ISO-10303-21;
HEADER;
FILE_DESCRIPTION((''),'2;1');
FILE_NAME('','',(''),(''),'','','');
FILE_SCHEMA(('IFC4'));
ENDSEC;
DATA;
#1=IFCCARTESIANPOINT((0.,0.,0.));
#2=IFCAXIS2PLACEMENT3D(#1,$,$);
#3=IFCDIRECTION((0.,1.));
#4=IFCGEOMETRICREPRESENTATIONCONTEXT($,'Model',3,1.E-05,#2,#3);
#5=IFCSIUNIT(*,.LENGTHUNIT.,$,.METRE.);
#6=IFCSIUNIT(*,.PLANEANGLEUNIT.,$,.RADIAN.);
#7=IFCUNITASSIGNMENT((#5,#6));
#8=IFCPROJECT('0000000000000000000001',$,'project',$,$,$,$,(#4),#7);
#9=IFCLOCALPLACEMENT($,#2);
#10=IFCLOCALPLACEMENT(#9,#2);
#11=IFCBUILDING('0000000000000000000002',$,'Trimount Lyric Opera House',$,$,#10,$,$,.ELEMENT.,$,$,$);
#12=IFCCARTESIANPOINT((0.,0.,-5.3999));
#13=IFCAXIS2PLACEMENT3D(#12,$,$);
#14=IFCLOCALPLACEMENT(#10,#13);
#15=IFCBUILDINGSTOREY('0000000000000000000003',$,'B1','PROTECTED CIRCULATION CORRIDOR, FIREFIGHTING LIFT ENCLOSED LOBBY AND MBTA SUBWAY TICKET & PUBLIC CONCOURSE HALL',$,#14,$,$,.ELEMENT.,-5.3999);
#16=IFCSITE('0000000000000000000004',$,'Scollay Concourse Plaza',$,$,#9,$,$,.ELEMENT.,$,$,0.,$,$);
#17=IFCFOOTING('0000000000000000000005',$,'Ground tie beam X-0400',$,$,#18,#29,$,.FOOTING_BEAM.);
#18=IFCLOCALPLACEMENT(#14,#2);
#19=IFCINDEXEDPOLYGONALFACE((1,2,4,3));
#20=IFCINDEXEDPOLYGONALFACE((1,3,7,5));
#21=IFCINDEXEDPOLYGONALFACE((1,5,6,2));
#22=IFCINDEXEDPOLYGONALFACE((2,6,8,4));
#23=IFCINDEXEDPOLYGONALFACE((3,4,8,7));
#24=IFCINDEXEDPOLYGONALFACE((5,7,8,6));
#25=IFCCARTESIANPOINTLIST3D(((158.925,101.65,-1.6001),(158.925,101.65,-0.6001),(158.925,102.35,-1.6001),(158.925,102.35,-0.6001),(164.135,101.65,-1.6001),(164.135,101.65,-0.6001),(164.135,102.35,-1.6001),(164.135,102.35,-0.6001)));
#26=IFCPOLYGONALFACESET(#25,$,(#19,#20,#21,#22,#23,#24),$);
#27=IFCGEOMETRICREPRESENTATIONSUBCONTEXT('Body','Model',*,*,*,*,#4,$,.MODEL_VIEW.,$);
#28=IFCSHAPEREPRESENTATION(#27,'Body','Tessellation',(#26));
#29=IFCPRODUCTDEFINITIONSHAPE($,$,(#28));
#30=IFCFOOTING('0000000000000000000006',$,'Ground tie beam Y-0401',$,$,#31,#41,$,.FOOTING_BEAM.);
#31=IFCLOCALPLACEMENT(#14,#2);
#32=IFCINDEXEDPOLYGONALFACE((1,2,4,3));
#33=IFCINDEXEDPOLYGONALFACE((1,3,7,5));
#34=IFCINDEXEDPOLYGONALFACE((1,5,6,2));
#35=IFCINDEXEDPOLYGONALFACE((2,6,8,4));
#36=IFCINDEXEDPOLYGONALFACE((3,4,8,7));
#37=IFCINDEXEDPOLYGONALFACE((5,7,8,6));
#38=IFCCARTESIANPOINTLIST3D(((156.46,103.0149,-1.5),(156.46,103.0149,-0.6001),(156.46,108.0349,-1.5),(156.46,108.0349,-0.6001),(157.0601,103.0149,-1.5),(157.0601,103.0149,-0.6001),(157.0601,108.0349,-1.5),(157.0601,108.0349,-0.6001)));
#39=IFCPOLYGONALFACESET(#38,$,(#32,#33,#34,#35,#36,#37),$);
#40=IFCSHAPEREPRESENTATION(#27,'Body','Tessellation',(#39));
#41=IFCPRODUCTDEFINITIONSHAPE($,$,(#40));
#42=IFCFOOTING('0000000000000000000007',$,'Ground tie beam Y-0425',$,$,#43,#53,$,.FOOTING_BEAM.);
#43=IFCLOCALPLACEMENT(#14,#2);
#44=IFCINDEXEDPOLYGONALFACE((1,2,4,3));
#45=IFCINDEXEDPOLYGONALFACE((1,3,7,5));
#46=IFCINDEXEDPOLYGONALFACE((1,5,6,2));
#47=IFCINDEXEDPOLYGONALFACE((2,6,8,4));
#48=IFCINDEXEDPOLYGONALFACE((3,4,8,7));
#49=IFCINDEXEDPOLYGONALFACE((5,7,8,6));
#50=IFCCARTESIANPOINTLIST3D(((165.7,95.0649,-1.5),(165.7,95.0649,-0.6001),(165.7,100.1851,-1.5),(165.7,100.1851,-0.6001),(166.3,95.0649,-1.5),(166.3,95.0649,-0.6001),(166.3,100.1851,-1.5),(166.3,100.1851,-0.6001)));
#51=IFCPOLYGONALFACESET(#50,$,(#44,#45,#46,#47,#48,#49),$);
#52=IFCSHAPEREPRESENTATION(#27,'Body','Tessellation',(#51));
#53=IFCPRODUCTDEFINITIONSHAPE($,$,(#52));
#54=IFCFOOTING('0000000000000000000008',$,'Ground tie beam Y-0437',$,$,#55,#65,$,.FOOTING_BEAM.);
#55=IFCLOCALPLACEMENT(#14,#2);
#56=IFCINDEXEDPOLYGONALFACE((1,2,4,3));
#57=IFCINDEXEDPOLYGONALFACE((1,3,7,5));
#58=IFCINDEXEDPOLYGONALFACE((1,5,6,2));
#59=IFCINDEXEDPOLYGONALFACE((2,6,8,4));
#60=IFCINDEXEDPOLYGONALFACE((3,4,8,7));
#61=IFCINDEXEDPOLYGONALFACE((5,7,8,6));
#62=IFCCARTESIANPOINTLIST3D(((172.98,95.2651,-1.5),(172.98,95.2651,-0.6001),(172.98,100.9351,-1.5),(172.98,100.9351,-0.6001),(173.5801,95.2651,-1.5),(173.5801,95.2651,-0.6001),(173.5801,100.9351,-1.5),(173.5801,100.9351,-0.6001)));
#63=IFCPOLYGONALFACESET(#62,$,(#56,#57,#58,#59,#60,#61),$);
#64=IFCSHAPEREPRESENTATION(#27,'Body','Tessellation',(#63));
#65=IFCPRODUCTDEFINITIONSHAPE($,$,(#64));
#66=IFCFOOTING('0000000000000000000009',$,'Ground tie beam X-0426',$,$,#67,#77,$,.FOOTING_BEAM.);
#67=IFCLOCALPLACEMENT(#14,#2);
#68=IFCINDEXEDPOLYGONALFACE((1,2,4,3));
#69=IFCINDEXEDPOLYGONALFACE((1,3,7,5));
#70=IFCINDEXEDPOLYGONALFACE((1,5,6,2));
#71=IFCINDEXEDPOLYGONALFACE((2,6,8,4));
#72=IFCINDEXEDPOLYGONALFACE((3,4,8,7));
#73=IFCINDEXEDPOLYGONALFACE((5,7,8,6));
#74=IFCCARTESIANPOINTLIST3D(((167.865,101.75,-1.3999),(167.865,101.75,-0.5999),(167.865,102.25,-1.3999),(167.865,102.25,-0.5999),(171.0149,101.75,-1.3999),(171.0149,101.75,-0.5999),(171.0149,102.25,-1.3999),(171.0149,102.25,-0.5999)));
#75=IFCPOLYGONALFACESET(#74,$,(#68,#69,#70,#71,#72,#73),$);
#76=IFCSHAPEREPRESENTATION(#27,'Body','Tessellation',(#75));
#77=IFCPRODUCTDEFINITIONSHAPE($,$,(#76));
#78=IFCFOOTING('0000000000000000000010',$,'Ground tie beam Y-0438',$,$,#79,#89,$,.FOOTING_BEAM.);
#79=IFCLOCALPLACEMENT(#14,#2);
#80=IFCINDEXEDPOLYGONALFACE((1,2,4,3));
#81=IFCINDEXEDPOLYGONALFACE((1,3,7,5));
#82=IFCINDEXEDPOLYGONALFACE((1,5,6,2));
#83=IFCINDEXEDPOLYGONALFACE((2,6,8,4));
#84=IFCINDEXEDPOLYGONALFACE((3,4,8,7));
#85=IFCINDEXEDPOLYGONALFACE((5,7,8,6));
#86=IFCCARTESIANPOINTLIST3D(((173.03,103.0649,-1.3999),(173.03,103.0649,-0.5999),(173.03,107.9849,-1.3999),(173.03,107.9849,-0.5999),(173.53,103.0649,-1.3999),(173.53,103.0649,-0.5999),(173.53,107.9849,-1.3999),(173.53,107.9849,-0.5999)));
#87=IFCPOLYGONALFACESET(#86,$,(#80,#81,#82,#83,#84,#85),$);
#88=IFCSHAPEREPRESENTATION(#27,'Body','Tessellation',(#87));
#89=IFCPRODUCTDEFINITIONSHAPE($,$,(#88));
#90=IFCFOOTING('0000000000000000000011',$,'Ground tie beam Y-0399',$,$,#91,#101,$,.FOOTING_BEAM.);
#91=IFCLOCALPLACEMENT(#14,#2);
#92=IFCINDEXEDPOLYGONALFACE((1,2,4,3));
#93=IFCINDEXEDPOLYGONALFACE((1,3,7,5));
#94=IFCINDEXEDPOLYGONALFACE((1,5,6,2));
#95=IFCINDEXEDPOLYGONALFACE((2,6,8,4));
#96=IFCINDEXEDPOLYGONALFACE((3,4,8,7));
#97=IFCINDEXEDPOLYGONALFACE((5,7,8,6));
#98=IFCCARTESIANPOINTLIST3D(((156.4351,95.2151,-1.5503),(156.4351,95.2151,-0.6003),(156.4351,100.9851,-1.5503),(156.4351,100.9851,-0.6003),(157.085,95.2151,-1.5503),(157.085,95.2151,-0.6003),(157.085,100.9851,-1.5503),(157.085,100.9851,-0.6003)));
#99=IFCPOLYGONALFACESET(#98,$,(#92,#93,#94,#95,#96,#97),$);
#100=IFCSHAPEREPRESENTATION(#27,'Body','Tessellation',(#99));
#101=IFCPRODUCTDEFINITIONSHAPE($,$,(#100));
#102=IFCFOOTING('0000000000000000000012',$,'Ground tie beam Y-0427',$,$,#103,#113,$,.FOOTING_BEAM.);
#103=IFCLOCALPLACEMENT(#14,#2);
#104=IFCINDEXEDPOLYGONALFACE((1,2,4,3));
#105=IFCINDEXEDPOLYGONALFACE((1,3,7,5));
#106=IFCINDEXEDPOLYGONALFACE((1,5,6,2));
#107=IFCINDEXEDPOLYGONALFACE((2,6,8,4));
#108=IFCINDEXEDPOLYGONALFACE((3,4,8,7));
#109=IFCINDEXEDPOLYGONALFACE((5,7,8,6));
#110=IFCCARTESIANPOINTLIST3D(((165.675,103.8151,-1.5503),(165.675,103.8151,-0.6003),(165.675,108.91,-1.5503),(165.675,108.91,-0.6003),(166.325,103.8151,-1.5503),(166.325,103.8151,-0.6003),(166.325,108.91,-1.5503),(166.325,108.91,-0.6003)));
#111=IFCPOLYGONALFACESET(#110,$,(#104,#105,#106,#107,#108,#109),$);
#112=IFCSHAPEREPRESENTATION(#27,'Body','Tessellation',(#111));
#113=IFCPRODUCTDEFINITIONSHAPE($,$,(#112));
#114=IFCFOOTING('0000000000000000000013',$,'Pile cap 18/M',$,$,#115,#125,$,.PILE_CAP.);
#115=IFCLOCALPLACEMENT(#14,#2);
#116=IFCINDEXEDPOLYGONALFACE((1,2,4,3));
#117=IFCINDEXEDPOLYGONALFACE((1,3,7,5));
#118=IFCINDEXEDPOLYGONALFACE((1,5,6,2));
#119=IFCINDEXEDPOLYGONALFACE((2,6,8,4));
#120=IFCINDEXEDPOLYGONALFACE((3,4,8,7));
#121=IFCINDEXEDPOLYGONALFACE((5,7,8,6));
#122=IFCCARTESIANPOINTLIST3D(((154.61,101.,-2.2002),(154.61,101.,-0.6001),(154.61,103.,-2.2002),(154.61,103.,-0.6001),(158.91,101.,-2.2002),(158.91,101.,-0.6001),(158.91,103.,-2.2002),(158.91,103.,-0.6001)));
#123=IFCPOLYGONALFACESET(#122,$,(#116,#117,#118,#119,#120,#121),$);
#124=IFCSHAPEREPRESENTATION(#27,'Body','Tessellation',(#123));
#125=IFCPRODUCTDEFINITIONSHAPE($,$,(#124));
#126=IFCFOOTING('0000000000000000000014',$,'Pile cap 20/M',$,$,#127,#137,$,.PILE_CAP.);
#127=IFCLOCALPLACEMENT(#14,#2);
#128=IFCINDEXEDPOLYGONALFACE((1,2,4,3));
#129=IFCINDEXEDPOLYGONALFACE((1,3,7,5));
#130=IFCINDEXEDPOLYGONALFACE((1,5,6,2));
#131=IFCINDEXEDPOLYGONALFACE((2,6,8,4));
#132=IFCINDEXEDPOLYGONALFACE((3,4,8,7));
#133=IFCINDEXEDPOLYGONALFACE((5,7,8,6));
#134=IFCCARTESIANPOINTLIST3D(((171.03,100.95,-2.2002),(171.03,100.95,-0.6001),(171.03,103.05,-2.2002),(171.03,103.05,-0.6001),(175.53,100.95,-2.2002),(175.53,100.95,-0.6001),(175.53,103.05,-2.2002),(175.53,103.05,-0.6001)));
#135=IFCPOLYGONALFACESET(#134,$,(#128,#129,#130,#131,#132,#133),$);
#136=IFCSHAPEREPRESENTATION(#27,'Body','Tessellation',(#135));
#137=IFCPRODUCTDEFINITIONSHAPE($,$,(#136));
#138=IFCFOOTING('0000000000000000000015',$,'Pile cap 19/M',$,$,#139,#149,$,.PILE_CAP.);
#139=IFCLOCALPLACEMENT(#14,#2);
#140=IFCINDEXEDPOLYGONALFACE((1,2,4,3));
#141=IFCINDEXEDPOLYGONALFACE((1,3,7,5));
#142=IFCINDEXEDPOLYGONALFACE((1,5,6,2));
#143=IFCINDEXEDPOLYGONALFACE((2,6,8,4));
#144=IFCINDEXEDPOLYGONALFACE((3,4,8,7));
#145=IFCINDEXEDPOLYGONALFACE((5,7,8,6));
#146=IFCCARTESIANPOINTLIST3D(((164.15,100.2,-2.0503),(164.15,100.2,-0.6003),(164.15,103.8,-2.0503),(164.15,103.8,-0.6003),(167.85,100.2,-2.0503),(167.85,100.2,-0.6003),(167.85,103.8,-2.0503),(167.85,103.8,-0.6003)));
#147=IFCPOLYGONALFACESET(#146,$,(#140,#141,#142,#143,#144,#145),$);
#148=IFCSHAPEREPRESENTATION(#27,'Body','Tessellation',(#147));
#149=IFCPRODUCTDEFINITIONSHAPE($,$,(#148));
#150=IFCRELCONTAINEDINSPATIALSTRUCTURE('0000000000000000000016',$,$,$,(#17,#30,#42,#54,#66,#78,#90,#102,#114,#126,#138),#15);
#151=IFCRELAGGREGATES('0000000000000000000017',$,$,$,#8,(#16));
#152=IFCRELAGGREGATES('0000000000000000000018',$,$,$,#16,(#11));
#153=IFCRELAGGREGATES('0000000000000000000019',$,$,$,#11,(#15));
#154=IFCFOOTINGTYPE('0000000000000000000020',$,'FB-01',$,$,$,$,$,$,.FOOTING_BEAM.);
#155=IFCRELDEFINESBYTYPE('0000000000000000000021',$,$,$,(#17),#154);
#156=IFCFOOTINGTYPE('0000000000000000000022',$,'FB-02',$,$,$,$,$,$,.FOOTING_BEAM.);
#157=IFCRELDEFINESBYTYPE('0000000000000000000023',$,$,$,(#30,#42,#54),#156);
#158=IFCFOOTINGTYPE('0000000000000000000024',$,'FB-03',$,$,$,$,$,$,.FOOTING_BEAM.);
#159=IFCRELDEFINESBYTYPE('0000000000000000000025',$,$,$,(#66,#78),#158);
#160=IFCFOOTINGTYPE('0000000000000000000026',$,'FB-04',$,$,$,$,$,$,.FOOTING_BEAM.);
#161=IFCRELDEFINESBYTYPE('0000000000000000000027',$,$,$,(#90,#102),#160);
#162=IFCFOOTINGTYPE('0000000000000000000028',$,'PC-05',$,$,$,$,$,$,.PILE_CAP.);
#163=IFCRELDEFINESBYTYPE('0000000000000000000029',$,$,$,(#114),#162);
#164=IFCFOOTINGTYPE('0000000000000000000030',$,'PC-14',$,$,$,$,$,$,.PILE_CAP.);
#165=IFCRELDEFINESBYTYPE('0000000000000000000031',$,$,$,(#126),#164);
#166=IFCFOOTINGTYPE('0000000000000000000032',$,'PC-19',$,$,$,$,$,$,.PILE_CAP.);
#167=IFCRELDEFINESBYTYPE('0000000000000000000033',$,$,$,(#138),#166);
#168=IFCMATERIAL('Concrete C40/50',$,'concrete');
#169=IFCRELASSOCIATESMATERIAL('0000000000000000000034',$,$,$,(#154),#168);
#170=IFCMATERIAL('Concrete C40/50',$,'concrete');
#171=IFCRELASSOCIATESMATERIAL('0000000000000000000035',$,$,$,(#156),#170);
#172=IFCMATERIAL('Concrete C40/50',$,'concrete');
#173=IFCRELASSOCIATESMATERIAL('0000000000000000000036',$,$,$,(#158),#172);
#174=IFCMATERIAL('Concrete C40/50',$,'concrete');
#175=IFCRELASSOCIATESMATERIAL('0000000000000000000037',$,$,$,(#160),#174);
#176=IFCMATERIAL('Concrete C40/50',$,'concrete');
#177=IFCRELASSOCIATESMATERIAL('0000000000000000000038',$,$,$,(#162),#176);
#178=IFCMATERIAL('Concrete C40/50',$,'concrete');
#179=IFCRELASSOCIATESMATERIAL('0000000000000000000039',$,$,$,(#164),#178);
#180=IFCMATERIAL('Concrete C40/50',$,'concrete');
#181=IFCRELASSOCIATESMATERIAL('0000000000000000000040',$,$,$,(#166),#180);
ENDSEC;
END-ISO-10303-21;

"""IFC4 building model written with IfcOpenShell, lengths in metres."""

from ifc_helpers import new_model, si_unit, direction, frame, origin, origin_2d, place, context, subcontext, project, spatial, rectangle, extrude, material, type_object, element, save


model = new_model("IFC4")

# Units and contexts
model_context = context("Model", 3, precision=1e-05, world=origin(), true_north=direction((0.0, 1.0)))
body_context = subcontext(model_context, "Body", "Model", "MODEL_VIEW")
ifc_project = project(units=[si_unit("LENGTHUNIT", "METRE"), si_unit("PLANEANGLEUNIT", "RADIAN")], contexts=[model_context])

# Site, building, storey
site_placement = place(None, origin())
site = spatial("IfcSite", under=ifc_project, at=site_placement, Name="Scollay Concourse Plaza", CompositionType="ELEMENT", RefElevation=0.0)
building_placement = place(site_placement, origin())
building = spatial("IfcBuilding", under=site, at=building_placement, Name="Trimount Lyric Opera House", CompositionType="ELEMENT")
storey_placement = place(building_placement, frame((0.0, 0.0, -5.3999)))
storey = spatial("IfcBuildingStorey", under=building, at=storey_placement, Name="B1", Description="PROTECTED CIRCULATION CORRIDOR, FIREFIGHTING LIFT ENCLOSED LOBBY AND MBTA SUBWAY TICKET & PUBLIC CONCOURSE HALL", CompositionType="ELEMENT", Elevation=-5.3999)

# Footings
ifc_material_1 = material(Name="Concrete C40/50", Category="concrete")
footing_type_1 = type_object("IfcFootingType", Name="FB-01", PredefinedType="FOOTING_BEAM", material=ifc_material_1)
footing_1_placement = place(storey_placement, frame((161.53, 102.0, -1.6001), z_axis=(0.0, 0.0, 1.0), x_axis=(1.0, 0.0, 0.0)))
element("IfcFooting", 1, at=footing_1_placement, inside=storey, type_object=footing_type_1, Name="Ground tie beam X-0400", PredefinedType="FOOTING_BEAM", context=body_context, shape_type="SweptSolid", body=[
    extrude(rectangle(XDim=5.21, YDim=0.7, at=origin_2d()), origin(), (0.0, 0.0, 1.0), 1.0),
])
ifc_material_2 = material(Name="Concrete C40/50", Category="concrete")
footing_type_2 = type_object("IfcFootingType", Name="FB-02", PredefinedType="FOOTING_BEAM", material=ifc_material_2)
footing_2_placement = place(storey_placement, frame((156.76, 105.5249, -1.5), z_axis=(0.0, 0.0, 1.0), x_axis=(1.0, 0.0, 0.0)))
element("IfcFooting", 2, at=footing_2_placement, inside=storey, type_object=footing_type_2, Name="Ground tie beam Y-0401", PredefinedType="FOOTING_BEAM", context=body_context, shape_type="SweptSolid", body=[
    extrude(rectangle(XDim=0.6001, YDim=5.02, at=origin_2d()), origin(), (0.0, 0.0, 1.0), 0.8999),
])
footing_3_placement = place(storey_placement, frame((166.0, 97.625, -1.5), z_axis=(0.0, 0.0, 1.0), x_axis=(1.0, 0.0, 0.0)))
element("IfcFooting", 3, at=footing_3_placement, inside=storey, type_object=footing_type_2, Name="Ground tie beam Y-0425", PredefinedType="FOOTING_BEAM", context=body_context, shape_type="SweptSolid", body=[
    extrude(rectangle(XDim=0.6001, YDim=5.1201, at=origin_2d()), origin(), (0.0, 0.0, 1.0), 0.8999),
])
footing_4_placement = place(storey_placement, frame((173.28, 98.1001, -1.5), z_axis=(0.0, 0.0, 1.0), x_axis=(1.0, 0.0, 0.0)))
element("IfcFooting", 4, at=footing_4_placement, inside=storey, type_object=footing_type_2, Name="Ground tie beam Y-0437", PredefinedType="FOOTING_BEAM", context=body_context, shape_type="SweptSolid", body=[
    extrude(rectangle(XDim=0.6001, YDim=5.6699, at=origin_2d()), origin(), (0.0, 0.0, 1.0), 0.8999),
])
ifc_material_3 = material(Name="Concrete C40/50", Category="concrete")
footing_type_3 = type_object("IfcFootingType", Name="FB-03", PredefinedType="FOOTING_BEAM", material=ifc_material_3)
footing_5_placement = place(storey_placement, frame((169.4399, 102.0, -1.3999), z_axis=(0.0, 0.0, 1.0), x_axis=(1.0, 0.0, 0.0)))
element("IfcFooting", 5, at=footing_5_placement, inside=storey, type_object=footing_type_3, Name="Ground tie beam X-0426", PredefinedType="FOOTING_BEAM", context=body_context, shape_type="SweptSolid", body=[
    extrude(rectangle(XDim=3.1499, YDim=0.5, at=origin_2d()), origin(), (0.0, 0.0, 1.0), 0.8),
])
footing_6_placement = place(storey_placement, frame((173.28, 105.5249, -1.3999), z_axis=(0.0, 0.0, 1.0), x_axis=(1.0, 0.0, 0.0)))
element("IfcFooting", 6, at=footing_6_placement, inside=storey, type_object=footing_type_3, Name="Ground tie beam Y-0438", PredefinedType="FOOTING_BEAM", context=body_context, shape_type="SweptSolid", body=[
    extrude(rectangle(XDim=0.5, YDim=4.9199, at=origin_2d()), origin(), (0.0, 0.0, 1.0), 0.8),
])
ifc_material_4 = material(Name="Concrete C40/50", Category="concrete")
footing_type_4 = type_object("IfcFootingType", Name="FB-04", PredefinedType="FOOTING_BEAM", material=ifc_material_4)
footing_7_placement = place(storey_placement, frame((156.76, 98.1001, -1.5503), z_axis=(0.0, 0.0, 1.0), x_axis=(1.0, 0.0, 0.0)))
element("IfcFooting", 7, at=footing_7_placement, inside=storey, type_object=footing_type_4, Name="Ground tie beam Y-0399", PredefinedType="FOOTING_BEAM", context=body_context, shape_type="SweptSolid", body=[
    extrude(rectangle(XDim=0.6499, YDim=5.77, at=origin_2d()), origin(), (0.0, 0.0, 1.0), 0.95),
])
footing_8_placement = place(storey_placement, frame((166.0, 106.3625, -1.5503), z_axis=(0.0, 0.0, 1.0), x_axis=(1.0, 0.0, 0.0)))
element("IfcFooting", 8, at=footing_8_placement, inside=storey, type_object=footing_type_4, Name="Ground tie beam Y-0427", PredefinedType="FOOTING_BEAM", context=body_context, shape_type="SweptSolid", body=[
    extrude(rectangle(XDim=0.6499, YDim=5.095, at=origin_2d()), origin(), (0.0, 0.0, 1.0), 0.95),
])
ifc_material_5 = material(Name="Concrete C40/50", Category="concrete")
footing_type_5 = type_object("IfcFootingType", Name="PC-05", PredefinedType="PILE_CAP", material=ifc_material_5)
footing_9_placement = place(storey_placement, frame((156.76, 102.0, -2.2002), z_axis=(0.0, 0.0, 1.0), x_axis=(1.0, 0.0, 0.0)))
element("IfcFooting", 9, at=footing_9_placement, inside=storey, type_object=footing_type_5, Name="Pile cap 18/M", PredefinedType="PILE_CAP", context=body_context, shape_type="SweptSolid", body=[
    extrude(rectangle(XDim=4.3, YDim=2.0, at=origin_2d()), origin(), (0.0, 0.0, 1.0), 1.6001),
])
ifc_material_6 = material(Name="Concrete C40/50", Category="concrete")
footing_type_6 = type_object("IfcFootingType", Name="PC-14", PredefinedType="PILE_CAP", material=ifc_material_6)
footing_10_placement = place(storey_placement, frame((173.28, 102.0, -2.2002), z_axis=(0.0, 0.0, 1.0), x_axis=(1.0, 0.0, 0.0)))
element("IfcFooting", 10, at=footing_10_placement, inside=storey, type_object=footing_type_6, Name="Pile cap 20/M", PredefinedType="PILE_CAP", context=body_context, shape_type="SweptSolid", body=[
    extrude(rectangle(XDim=4.5, YDim=2.1001, at=origin_2d()), origin(), (0.0, 0.0, 1.0), 1.6001),
])
ifc_material_7 = material(Name="Concrete C40/50", Category="concrete")
footing_type_7 = type_object("IfcFootingType", Name="PC-19", PredefinedType="PILE_CAP", material=ifc_material_7)
footing_11_placement = place(storey_placement, frame((166.0, 102.0, -2.0503), z_axis=(0.0, 0.0, 1.0), x_axis=(1.0, 0.0, 0.0)))
element("IfcFooting", 11, at=footing_11_placement, inside=storey, type_object=footing_type_7, Name="Pile cap 19/M", PredefinedType="PILE_CAP", context=body_context, shape_type="SweptSolid", body=[
    extrude(rectangle(XDim=3.7, YDim=3.6001, at=origin_2d()), origin(), (0.0, 0.0, 1.0), 1.45),
])

save(model, "model.ifc")
